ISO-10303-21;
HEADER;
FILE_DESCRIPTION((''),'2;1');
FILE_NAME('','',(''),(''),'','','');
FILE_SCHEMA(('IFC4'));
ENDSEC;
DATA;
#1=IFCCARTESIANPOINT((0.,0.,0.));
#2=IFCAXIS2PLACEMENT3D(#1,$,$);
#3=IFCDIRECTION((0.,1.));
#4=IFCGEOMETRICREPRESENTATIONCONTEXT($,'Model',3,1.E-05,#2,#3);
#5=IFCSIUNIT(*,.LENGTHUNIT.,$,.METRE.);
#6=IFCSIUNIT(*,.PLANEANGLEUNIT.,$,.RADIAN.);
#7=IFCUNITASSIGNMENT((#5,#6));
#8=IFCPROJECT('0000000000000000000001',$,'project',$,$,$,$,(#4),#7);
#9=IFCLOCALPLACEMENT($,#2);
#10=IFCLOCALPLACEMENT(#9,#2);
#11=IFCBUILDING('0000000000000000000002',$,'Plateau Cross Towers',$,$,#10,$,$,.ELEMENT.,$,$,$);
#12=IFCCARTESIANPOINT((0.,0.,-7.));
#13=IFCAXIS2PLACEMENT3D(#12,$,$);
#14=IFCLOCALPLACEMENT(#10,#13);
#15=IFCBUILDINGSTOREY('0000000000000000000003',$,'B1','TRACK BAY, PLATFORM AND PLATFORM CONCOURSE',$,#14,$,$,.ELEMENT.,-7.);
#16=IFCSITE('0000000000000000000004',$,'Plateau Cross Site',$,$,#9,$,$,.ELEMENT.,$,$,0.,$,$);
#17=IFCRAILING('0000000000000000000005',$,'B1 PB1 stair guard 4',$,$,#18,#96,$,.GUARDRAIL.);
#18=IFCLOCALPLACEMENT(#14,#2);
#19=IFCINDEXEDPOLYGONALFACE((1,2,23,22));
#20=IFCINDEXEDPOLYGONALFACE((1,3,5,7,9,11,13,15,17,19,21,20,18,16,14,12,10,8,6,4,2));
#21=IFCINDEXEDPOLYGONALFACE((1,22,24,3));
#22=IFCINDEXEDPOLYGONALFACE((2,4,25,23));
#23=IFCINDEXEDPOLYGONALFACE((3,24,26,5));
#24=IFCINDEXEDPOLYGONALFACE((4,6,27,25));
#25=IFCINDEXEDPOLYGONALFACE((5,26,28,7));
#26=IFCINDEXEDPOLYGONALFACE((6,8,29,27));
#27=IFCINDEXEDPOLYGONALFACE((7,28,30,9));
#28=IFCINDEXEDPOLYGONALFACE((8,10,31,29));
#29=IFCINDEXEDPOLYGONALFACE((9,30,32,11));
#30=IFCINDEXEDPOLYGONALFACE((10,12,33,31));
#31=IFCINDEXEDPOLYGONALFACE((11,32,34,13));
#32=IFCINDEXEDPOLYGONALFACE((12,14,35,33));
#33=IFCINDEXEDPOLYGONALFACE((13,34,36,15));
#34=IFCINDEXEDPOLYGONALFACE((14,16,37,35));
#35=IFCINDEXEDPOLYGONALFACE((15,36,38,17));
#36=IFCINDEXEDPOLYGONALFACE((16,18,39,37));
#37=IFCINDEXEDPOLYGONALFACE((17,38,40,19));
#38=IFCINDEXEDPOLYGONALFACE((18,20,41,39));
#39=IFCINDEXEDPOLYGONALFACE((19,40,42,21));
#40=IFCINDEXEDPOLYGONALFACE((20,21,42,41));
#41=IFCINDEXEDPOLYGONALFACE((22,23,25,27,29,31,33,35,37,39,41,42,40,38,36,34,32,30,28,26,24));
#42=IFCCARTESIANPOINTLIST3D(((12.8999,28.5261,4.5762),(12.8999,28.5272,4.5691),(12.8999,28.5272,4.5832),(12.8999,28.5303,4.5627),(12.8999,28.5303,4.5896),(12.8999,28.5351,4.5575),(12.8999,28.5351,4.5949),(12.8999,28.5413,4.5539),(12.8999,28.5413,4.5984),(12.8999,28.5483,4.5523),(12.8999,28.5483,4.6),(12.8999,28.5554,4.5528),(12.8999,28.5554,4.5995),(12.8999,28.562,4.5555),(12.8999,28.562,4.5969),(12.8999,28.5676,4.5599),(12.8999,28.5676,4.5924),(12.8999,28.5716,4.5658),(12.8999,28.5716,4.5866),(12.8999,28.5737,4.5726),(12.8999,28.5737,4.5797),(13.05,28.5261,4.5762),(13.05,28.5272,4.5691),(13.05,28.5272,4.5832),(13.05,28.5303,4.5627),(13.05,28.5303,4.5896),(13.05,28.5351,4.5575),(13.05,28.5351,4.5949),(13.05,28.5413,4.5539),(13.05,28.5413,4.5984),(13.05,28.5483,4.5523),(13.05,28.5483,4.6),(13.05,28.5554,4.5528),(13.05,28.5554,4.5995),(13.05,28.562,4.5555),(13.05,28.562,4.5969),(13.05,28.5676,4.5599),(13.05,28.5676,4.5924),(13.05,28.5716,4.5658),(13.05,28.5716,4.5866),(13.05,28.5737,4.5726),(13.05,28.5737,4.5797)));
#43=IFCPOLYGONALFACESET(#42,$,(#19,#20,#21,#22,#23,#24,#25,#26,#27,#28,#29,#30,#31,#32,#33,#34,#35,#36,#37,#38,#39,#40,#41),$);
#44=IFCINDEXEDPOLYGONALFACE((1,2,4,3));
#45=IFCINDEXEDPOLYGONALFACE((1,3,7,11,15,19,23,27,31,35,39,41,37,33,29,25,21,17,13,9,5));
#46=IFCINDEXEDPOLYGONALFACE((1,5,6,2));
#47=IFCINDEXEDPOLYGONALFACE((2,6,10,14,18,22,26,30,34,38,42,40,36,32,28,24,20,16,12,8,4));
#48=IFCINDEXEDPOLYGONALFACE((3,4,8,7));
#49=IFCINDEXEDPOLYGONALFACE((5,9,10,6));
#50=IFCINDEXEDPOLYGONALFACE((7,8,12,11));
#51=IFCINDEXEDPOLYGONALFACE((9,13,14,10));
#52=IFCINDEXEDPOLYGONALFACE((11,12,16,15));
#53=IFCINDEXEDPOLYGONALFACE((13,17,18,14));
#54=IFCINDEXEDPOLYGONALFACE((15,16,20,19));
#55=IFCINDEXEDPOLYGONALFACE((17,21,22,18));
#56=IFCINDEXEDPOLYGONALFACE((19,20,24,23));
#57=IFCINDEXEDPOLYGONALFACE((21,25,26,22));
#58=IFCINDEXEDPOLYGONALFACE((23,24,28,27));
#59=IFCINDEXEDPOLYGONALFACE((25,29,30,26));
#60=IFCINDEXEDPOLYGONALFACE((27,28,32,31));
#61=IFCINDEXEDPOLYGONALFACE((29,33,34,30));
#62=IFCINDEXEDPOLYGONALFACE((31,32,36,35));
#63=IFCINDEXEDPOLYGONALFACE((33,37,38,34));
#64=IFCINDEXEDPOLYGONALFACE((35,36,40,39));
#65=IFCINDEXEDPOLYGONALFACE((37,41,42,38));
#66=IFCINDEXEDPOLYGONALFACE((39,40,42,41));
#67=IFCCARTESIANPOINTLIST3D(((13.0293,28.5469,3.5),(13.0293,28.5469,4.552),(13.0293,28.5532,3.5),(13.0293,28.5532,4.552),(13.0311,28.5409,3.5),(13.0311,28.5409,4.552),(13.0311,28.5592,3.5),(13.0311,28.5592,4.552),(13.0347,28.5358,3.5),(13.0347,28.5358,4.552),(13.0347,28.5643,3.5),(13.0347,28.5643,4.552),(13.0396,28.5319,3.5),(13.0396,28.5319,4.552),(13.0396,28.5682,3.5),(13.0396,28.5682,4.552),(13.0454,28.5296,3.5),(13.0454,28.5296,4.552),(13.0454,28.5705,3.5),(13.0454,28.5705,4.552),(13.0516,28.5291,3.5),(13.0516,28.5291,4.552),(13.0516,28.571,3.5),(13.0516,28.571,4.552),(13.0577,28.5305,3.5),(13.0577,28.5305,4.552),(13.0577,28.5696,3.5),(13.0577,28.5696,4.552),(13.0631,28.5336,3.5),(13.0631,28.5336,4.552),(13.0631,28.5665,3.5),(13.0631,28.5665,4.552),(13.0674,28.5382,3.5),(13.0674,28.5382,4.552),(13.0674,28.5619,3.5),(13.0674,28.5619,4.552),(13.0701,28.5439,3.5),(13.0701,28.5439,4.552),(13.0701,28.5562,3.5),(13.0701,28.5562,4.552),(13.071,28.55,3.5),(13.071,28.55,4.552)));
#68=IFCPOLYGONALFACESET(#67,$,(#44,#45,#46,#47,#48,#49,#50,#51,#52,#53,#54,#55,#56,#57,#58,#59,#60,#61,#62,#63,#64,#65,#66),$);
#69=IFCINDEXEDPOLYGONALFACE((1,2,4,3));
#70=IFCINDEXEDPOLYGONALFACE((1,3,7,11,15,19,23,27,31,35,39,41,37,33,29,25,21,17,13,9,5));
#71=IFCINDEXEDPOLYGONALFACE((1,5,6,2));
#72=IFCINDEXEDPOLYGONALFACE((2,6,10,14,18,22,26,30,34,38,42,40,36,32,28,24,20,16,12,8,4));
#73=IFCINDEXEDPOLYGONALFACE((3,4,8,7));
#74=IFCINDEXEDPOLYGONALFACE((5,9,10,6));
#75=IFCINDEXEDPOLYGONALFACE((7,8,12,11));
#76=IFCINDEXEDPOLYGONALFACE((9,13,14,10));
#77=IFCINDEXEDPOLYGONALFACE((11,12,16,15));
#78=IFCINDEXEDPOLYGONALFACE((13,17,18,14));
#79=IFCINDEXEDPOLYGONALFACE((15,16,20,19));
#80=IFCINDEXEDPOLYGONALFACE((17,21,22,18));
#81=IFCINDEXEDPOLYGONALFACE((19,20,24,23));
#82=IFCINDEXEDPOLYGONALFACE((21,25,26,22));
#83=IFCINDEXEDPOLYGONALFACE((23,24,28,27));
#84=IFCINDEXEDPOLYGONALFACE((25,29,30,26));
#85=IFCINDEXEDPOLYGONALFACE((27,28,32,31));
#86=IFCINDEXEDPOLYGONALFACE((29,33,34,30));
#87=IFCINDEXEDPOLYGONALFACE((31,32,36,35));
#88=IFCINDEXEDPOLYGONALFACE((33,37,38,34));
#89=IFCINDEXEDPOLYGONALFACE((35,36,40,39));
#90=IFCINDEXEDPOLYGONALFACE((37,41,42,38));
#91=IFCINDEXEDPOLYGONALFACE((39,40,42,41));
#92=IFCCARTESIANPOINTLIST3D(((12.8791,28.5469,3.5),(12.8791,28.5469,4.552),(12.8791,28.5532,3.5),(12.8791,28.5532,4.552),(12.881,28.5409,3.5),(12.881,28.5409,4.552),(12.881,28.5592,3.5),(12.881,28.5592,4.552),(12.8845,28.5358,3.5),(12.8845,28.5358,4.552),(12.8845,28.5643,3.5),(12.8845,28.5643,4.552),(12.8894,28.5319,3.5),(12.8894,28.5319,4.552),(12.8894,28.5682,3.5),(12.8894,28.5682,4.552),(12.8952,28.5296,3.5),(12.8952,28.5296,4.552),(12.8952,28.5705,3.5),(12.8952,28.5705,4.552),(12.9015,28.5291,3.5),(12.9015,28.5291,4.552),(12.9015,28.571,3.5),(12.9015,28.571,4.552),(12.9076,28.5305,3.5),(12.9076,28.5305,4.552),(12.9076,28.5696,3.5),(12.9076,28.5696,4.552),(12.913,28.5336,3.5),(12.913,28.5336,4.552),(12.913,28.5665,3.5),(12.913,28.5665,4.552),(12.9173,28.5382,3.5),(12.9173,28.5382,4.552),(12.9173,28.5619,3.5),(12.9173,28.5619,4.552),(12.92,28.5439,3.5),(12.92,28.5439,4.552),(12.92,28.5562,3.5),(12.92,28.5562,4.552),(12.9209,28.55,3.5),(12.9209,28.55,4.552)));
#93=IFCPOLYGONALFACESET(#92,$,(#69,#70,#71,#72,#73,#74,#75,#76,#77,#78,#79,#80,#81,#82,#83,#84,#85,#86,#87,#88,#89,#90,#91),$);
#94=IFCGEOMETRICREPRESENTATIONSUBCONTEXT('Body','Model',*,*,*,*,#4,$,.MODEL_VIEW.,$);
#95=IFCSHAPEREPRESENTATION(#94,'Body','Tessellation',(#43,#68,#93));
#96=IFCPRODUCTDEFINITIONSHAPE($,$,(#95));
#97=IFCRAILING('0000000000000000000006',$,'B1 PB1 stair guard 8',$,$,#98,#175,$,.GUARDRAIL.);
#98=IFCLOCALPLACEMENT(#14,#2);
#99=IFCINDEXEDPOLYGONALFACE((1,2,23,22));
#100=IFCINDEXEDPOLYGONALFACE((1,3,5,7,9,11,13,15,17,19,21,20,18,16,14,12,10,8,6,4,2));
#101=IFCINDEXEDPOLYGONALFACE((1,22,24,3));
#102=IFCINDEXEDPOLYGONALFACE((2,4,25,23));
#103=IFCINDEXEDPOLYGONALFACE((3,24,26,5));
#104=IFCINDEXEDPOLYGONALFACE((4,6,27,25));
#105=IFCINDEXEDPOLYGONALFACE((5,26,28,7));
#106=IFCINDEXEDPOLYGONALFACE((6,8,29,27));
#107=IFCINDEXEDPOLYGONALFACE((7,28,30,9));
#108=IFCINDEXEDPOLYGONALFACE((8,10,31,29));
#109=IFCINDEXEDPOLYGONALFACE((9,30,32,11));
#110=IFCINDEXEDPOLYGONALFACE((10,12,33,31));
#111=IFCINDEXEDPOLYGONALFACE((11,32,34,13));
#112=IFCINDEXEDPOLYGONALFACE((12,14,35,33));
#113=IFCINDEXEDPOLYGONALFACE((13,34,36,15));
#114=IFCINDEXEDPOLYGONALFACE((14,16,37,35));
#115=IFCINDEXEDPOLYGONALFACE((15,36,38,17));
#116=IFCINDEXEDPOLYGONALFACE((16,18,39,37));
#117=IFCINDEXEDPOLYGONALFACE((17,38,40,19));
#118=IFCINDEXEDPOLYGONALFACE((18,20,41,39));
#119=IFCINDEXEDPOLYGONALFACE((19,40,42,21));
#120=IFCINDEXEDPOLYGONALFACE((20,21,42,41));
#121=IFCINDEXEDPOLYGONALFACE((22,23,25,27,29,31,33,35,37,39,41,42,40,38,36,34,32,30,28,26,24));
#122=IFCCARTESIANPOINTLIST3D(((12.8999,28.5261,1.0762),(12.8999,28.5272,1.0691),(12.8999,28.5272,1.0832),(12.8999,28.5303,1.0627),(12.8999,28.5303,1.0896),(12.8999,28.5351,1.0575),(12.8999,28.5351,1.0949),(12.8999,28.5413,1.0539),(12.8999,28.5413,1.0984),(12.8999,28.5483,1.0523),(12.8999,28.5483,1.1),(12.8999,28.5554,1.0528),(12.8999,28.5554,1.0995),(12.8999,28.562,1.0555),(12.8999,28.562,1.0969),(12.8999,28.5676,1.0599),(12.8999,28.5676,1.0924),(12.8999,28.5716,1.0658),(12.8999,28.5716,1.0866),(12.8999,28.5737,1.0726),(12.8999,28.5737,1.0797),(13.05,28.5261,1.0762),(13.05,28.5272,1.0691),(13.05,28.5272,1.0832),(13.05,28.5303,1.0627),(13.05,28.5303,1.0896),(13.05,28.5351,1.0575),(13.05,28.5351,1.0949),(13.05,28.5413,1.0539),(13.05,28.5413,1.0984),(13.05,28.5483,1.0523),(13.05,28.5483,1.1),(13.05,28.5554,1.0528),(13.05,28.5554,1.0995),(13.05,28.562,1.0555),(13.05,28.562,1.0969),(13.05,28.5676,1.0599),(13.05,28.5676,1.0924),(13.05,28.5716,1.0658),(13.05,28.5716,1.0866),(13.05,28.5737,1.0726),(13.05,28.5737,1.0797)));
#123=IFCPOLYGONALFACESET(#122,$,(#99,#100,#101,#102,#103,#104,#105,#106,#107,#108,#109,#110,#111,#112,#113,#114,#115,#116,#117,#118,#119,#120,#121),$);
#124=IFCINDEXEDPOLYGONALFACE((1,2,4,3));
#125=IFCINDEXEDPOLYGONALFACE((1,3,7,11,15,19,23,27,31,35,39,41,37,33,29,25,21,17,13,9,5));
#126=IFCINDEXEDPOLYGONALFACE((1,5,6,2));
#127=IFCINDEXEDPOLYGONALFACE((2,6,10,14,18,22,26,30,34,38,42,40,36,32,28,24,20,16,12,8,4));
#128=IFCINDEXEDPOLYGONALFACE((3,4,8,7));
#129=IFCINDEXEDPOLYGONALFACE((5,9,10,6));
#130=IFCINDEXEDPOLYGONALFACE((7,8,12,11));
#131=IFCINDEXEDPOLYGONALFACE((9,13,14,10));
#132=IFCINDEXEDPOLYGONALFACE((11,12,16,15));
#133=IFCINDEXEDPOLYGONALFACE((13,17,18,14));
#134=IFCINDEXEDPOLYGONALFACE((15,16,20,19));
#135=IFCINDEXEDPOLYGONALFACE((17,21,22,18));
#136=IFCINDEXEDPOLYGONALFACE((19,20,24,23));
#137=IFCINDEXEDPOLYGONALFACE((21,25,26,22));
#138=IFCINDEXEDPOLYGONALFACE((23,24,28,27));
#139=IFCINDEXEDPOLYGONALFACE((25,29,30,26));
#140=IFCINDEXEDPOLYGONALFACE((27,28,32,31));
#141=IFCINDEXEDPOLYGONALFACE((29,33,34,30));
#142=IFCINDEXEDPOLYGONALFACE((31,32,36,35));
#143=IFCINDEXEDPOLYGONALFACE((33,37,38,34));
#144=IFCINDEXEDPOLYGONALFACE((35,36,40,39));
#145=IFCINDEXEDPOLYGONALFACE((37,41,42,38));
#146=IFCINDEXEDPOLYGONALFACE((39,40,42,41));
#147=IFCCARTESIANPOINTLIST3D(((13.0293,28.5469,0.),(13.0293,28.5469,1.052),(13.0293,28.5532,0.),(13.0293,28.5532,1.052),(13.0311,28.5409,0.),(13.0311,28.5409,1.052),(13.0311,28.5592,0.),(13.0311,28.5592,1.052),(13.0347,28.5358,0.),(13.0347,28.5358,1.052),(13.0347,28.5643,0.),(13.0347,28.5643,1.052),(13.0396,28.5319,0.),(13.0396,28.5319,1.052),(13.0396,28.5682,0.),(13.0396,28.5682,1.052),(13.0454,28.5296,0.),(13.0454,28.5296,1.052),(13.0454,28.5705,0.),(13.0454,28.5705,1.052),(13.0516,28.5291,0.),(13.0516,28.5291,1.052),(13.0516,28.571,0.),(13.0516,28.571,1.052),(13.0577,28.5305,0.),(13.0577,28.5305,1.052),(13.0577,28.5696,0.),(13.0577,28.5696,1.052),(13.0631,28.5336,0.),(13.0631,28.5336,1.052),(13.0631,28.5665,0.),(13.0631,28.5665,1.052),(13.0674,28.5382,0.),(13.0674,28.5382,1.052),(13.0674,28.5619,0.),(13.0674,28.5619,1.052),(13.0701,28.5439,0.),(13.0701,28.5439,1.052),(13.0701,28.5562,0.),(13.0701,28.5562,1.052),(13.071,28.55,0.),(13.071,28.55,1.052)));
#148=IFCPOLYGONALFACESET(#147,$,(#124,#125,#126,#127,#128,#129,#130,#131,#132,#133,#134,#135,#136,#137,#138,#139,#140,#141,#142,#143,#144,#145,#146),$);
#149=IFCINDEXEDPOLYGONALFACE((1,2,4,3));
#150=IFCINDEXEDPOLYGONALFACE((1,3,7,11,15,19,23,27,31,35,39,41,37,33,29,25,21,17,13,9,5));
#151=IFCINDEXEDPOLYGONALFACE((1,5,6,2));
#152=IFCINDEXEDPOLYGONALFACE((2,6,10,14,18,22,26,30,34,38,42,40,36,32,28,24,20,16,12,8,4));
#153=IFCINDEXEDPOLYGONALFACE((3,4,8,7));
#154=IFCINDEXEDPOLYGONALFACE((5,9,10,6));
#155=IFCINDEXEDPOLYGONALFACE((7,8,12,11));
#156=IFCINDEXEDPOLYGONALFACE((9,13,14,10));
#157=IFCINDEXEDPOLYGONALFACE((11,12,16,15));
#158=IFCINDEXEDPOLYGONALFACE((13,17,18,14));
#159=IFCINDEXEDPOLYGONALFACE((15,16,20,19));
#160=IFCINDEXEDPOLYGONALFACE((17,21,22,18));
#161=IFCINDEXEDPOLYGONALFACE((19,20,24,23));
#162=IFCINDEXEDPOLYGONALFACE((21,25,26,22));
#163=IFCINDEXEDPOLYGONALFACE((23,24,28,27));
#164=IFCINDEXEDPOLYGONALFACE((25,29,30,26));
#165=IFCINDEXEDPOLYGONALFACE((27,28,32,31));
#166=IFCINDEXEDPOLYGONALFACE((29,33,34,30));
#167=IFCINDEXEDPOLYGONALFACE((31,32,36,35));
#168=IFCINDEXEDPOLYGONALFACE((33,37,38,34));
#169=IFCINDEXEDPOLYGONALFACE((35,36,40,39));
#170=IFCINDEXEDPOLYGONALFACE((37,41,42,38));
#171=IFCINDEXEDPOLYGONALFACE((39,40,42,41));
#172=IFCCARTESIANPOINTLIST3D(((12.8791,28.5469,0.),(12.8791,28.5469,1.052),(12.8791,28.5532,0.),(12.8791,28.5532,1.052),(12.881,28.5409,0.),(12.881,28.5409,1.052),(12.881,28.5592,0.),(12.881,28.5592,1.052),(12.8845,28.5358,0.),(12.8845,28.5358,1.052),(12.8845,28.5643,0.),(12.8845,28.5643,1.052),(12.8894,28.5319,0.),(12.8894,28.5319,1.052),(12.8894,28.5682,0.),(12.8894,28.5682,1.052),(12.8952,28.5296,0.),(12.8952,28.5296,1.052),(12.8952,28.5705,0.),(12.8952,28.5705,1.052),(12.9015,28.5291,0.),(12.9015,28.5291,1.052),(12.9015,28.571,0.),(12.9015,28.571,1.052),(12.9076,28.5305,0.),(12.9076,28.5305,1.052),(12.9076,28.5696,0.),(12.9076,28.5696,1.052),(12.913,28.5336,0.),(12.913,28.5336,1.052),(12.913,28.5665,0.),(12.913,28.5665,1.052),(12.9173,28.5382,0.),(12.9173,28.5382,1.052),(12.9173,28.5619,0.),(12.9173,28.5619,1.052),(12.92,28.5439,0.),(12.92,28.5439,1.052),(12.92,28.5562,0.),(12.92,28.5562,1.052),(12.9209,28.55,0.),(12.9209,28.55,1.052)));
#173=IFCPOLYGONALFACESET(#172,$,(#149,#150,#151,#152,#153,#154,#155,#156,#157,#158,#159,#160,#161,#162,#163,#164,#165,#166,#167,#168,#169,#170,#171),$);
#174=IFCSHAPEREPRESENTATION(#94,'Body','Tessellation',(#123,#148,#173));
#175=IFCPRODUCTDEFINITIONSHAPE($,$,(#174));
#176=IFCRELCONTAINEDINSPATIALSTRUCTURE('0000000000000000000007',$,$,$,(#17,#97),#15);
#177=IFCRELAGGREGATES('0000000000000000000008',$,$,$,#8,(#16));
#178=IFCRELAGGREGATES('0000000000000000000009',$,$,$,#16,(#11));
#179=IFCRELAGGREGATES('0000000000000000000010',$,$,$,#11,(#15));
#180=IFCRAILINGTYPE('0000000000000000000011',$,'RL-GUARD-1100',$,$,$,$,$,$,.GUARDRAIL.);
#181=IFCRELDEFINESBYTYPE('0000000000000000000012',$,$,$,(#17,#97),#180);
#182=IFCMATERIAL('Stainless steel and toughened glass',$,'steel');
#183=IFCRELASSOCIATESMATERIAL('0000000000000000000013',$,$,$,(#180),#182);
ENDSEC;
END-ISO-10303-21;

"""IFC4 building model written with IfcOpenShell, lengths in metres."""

from ifc_helpers import new_model, si_unit, direction, frame, origin, origin_2d, place, context, subcontext, project, spatial, circle, extrude, material, type_object, element, save


model = new_model("IFC4")

# Units and contexts
model_context = context("Model", 3, precision=1e-05, world=origin(), true_north=direction((0.0, 1.0)))
body_context = subcontext(model_context, "Body", "Model", "MODEL_VIEW")
ifc_project = project(units=[si_unit("LENGTHUNIT", "METRE"), si_unit("PLANEANGLEUNIT", "RADIAN")], contexts=[model_context])

# Site, building, storey
site_placement = place(None, origin())
site = spatial("IfcSite", under=ifc_project, at=site_placement, Name="Plateau Cross Site", CompositionType="ELEMENT", RefElevation=0.0)
building_placement = place(site_placement, origin())
building = spatial("IfcBuilding", under=site, at=building_placement, Name="Plateau Cross Towers", CompositionType="ELEMENT")
storey_placement = place(building_placement, frame((0.0, 0.0, -7.0)))
storey = spatial("IfcBuildingStorey", under=building, at=storey_placement, Name="B1", Description="TRACK BAY, PLATFORM AND PLATFORM CONCOURSE", CompositionType="ELEMENT", Elevation=-7.0)

# Railings
ifc_material_1 = material(Name="Stainless steel and toughened glass", Category="steel")
railing_type = type_object("IfcRailingType", Name="RL-GUARD-1100", PredefinedType="GUARDRAIL", material=ifc_material_1)
for number, where, name in (
    (1, (13.05, 28.55, 3.5), "B1 PB1 stair guard 4"),
    (2, (13.05, 28.55, 0.0), "B1 PB1 stair guard 8"),
):
    element("IfcRailing", number, at=place(storey_placement, frame(where)), inside=storey, type_object=railing_type, Name=name, PredefinedType="GUARDRAIL", context=body_context, shape_type="SweptSolid", body=[
        extrude(circle(Radius=0.0239, at=origin_2d()), frame((0.0, 0.0, 1.0762), z_axis=(-1.0, 0.0, 0.0), x_axis=(0.0, -1.0, 0.0)), (0.0, 0.0, 1.0), 0.1501),
        extrude(circle(Radius=0.021, at=origin_2d()), origin(), (0.0, 0.0, 1.0), 1.052),
        extrude(circle(Radius=0.021, at=origin_2d()), frame((-0.1501, 0.0, 0.0)), (0.0, 0.0, 1.0), 1.052),
    ])

save(model, "model.ifc")
